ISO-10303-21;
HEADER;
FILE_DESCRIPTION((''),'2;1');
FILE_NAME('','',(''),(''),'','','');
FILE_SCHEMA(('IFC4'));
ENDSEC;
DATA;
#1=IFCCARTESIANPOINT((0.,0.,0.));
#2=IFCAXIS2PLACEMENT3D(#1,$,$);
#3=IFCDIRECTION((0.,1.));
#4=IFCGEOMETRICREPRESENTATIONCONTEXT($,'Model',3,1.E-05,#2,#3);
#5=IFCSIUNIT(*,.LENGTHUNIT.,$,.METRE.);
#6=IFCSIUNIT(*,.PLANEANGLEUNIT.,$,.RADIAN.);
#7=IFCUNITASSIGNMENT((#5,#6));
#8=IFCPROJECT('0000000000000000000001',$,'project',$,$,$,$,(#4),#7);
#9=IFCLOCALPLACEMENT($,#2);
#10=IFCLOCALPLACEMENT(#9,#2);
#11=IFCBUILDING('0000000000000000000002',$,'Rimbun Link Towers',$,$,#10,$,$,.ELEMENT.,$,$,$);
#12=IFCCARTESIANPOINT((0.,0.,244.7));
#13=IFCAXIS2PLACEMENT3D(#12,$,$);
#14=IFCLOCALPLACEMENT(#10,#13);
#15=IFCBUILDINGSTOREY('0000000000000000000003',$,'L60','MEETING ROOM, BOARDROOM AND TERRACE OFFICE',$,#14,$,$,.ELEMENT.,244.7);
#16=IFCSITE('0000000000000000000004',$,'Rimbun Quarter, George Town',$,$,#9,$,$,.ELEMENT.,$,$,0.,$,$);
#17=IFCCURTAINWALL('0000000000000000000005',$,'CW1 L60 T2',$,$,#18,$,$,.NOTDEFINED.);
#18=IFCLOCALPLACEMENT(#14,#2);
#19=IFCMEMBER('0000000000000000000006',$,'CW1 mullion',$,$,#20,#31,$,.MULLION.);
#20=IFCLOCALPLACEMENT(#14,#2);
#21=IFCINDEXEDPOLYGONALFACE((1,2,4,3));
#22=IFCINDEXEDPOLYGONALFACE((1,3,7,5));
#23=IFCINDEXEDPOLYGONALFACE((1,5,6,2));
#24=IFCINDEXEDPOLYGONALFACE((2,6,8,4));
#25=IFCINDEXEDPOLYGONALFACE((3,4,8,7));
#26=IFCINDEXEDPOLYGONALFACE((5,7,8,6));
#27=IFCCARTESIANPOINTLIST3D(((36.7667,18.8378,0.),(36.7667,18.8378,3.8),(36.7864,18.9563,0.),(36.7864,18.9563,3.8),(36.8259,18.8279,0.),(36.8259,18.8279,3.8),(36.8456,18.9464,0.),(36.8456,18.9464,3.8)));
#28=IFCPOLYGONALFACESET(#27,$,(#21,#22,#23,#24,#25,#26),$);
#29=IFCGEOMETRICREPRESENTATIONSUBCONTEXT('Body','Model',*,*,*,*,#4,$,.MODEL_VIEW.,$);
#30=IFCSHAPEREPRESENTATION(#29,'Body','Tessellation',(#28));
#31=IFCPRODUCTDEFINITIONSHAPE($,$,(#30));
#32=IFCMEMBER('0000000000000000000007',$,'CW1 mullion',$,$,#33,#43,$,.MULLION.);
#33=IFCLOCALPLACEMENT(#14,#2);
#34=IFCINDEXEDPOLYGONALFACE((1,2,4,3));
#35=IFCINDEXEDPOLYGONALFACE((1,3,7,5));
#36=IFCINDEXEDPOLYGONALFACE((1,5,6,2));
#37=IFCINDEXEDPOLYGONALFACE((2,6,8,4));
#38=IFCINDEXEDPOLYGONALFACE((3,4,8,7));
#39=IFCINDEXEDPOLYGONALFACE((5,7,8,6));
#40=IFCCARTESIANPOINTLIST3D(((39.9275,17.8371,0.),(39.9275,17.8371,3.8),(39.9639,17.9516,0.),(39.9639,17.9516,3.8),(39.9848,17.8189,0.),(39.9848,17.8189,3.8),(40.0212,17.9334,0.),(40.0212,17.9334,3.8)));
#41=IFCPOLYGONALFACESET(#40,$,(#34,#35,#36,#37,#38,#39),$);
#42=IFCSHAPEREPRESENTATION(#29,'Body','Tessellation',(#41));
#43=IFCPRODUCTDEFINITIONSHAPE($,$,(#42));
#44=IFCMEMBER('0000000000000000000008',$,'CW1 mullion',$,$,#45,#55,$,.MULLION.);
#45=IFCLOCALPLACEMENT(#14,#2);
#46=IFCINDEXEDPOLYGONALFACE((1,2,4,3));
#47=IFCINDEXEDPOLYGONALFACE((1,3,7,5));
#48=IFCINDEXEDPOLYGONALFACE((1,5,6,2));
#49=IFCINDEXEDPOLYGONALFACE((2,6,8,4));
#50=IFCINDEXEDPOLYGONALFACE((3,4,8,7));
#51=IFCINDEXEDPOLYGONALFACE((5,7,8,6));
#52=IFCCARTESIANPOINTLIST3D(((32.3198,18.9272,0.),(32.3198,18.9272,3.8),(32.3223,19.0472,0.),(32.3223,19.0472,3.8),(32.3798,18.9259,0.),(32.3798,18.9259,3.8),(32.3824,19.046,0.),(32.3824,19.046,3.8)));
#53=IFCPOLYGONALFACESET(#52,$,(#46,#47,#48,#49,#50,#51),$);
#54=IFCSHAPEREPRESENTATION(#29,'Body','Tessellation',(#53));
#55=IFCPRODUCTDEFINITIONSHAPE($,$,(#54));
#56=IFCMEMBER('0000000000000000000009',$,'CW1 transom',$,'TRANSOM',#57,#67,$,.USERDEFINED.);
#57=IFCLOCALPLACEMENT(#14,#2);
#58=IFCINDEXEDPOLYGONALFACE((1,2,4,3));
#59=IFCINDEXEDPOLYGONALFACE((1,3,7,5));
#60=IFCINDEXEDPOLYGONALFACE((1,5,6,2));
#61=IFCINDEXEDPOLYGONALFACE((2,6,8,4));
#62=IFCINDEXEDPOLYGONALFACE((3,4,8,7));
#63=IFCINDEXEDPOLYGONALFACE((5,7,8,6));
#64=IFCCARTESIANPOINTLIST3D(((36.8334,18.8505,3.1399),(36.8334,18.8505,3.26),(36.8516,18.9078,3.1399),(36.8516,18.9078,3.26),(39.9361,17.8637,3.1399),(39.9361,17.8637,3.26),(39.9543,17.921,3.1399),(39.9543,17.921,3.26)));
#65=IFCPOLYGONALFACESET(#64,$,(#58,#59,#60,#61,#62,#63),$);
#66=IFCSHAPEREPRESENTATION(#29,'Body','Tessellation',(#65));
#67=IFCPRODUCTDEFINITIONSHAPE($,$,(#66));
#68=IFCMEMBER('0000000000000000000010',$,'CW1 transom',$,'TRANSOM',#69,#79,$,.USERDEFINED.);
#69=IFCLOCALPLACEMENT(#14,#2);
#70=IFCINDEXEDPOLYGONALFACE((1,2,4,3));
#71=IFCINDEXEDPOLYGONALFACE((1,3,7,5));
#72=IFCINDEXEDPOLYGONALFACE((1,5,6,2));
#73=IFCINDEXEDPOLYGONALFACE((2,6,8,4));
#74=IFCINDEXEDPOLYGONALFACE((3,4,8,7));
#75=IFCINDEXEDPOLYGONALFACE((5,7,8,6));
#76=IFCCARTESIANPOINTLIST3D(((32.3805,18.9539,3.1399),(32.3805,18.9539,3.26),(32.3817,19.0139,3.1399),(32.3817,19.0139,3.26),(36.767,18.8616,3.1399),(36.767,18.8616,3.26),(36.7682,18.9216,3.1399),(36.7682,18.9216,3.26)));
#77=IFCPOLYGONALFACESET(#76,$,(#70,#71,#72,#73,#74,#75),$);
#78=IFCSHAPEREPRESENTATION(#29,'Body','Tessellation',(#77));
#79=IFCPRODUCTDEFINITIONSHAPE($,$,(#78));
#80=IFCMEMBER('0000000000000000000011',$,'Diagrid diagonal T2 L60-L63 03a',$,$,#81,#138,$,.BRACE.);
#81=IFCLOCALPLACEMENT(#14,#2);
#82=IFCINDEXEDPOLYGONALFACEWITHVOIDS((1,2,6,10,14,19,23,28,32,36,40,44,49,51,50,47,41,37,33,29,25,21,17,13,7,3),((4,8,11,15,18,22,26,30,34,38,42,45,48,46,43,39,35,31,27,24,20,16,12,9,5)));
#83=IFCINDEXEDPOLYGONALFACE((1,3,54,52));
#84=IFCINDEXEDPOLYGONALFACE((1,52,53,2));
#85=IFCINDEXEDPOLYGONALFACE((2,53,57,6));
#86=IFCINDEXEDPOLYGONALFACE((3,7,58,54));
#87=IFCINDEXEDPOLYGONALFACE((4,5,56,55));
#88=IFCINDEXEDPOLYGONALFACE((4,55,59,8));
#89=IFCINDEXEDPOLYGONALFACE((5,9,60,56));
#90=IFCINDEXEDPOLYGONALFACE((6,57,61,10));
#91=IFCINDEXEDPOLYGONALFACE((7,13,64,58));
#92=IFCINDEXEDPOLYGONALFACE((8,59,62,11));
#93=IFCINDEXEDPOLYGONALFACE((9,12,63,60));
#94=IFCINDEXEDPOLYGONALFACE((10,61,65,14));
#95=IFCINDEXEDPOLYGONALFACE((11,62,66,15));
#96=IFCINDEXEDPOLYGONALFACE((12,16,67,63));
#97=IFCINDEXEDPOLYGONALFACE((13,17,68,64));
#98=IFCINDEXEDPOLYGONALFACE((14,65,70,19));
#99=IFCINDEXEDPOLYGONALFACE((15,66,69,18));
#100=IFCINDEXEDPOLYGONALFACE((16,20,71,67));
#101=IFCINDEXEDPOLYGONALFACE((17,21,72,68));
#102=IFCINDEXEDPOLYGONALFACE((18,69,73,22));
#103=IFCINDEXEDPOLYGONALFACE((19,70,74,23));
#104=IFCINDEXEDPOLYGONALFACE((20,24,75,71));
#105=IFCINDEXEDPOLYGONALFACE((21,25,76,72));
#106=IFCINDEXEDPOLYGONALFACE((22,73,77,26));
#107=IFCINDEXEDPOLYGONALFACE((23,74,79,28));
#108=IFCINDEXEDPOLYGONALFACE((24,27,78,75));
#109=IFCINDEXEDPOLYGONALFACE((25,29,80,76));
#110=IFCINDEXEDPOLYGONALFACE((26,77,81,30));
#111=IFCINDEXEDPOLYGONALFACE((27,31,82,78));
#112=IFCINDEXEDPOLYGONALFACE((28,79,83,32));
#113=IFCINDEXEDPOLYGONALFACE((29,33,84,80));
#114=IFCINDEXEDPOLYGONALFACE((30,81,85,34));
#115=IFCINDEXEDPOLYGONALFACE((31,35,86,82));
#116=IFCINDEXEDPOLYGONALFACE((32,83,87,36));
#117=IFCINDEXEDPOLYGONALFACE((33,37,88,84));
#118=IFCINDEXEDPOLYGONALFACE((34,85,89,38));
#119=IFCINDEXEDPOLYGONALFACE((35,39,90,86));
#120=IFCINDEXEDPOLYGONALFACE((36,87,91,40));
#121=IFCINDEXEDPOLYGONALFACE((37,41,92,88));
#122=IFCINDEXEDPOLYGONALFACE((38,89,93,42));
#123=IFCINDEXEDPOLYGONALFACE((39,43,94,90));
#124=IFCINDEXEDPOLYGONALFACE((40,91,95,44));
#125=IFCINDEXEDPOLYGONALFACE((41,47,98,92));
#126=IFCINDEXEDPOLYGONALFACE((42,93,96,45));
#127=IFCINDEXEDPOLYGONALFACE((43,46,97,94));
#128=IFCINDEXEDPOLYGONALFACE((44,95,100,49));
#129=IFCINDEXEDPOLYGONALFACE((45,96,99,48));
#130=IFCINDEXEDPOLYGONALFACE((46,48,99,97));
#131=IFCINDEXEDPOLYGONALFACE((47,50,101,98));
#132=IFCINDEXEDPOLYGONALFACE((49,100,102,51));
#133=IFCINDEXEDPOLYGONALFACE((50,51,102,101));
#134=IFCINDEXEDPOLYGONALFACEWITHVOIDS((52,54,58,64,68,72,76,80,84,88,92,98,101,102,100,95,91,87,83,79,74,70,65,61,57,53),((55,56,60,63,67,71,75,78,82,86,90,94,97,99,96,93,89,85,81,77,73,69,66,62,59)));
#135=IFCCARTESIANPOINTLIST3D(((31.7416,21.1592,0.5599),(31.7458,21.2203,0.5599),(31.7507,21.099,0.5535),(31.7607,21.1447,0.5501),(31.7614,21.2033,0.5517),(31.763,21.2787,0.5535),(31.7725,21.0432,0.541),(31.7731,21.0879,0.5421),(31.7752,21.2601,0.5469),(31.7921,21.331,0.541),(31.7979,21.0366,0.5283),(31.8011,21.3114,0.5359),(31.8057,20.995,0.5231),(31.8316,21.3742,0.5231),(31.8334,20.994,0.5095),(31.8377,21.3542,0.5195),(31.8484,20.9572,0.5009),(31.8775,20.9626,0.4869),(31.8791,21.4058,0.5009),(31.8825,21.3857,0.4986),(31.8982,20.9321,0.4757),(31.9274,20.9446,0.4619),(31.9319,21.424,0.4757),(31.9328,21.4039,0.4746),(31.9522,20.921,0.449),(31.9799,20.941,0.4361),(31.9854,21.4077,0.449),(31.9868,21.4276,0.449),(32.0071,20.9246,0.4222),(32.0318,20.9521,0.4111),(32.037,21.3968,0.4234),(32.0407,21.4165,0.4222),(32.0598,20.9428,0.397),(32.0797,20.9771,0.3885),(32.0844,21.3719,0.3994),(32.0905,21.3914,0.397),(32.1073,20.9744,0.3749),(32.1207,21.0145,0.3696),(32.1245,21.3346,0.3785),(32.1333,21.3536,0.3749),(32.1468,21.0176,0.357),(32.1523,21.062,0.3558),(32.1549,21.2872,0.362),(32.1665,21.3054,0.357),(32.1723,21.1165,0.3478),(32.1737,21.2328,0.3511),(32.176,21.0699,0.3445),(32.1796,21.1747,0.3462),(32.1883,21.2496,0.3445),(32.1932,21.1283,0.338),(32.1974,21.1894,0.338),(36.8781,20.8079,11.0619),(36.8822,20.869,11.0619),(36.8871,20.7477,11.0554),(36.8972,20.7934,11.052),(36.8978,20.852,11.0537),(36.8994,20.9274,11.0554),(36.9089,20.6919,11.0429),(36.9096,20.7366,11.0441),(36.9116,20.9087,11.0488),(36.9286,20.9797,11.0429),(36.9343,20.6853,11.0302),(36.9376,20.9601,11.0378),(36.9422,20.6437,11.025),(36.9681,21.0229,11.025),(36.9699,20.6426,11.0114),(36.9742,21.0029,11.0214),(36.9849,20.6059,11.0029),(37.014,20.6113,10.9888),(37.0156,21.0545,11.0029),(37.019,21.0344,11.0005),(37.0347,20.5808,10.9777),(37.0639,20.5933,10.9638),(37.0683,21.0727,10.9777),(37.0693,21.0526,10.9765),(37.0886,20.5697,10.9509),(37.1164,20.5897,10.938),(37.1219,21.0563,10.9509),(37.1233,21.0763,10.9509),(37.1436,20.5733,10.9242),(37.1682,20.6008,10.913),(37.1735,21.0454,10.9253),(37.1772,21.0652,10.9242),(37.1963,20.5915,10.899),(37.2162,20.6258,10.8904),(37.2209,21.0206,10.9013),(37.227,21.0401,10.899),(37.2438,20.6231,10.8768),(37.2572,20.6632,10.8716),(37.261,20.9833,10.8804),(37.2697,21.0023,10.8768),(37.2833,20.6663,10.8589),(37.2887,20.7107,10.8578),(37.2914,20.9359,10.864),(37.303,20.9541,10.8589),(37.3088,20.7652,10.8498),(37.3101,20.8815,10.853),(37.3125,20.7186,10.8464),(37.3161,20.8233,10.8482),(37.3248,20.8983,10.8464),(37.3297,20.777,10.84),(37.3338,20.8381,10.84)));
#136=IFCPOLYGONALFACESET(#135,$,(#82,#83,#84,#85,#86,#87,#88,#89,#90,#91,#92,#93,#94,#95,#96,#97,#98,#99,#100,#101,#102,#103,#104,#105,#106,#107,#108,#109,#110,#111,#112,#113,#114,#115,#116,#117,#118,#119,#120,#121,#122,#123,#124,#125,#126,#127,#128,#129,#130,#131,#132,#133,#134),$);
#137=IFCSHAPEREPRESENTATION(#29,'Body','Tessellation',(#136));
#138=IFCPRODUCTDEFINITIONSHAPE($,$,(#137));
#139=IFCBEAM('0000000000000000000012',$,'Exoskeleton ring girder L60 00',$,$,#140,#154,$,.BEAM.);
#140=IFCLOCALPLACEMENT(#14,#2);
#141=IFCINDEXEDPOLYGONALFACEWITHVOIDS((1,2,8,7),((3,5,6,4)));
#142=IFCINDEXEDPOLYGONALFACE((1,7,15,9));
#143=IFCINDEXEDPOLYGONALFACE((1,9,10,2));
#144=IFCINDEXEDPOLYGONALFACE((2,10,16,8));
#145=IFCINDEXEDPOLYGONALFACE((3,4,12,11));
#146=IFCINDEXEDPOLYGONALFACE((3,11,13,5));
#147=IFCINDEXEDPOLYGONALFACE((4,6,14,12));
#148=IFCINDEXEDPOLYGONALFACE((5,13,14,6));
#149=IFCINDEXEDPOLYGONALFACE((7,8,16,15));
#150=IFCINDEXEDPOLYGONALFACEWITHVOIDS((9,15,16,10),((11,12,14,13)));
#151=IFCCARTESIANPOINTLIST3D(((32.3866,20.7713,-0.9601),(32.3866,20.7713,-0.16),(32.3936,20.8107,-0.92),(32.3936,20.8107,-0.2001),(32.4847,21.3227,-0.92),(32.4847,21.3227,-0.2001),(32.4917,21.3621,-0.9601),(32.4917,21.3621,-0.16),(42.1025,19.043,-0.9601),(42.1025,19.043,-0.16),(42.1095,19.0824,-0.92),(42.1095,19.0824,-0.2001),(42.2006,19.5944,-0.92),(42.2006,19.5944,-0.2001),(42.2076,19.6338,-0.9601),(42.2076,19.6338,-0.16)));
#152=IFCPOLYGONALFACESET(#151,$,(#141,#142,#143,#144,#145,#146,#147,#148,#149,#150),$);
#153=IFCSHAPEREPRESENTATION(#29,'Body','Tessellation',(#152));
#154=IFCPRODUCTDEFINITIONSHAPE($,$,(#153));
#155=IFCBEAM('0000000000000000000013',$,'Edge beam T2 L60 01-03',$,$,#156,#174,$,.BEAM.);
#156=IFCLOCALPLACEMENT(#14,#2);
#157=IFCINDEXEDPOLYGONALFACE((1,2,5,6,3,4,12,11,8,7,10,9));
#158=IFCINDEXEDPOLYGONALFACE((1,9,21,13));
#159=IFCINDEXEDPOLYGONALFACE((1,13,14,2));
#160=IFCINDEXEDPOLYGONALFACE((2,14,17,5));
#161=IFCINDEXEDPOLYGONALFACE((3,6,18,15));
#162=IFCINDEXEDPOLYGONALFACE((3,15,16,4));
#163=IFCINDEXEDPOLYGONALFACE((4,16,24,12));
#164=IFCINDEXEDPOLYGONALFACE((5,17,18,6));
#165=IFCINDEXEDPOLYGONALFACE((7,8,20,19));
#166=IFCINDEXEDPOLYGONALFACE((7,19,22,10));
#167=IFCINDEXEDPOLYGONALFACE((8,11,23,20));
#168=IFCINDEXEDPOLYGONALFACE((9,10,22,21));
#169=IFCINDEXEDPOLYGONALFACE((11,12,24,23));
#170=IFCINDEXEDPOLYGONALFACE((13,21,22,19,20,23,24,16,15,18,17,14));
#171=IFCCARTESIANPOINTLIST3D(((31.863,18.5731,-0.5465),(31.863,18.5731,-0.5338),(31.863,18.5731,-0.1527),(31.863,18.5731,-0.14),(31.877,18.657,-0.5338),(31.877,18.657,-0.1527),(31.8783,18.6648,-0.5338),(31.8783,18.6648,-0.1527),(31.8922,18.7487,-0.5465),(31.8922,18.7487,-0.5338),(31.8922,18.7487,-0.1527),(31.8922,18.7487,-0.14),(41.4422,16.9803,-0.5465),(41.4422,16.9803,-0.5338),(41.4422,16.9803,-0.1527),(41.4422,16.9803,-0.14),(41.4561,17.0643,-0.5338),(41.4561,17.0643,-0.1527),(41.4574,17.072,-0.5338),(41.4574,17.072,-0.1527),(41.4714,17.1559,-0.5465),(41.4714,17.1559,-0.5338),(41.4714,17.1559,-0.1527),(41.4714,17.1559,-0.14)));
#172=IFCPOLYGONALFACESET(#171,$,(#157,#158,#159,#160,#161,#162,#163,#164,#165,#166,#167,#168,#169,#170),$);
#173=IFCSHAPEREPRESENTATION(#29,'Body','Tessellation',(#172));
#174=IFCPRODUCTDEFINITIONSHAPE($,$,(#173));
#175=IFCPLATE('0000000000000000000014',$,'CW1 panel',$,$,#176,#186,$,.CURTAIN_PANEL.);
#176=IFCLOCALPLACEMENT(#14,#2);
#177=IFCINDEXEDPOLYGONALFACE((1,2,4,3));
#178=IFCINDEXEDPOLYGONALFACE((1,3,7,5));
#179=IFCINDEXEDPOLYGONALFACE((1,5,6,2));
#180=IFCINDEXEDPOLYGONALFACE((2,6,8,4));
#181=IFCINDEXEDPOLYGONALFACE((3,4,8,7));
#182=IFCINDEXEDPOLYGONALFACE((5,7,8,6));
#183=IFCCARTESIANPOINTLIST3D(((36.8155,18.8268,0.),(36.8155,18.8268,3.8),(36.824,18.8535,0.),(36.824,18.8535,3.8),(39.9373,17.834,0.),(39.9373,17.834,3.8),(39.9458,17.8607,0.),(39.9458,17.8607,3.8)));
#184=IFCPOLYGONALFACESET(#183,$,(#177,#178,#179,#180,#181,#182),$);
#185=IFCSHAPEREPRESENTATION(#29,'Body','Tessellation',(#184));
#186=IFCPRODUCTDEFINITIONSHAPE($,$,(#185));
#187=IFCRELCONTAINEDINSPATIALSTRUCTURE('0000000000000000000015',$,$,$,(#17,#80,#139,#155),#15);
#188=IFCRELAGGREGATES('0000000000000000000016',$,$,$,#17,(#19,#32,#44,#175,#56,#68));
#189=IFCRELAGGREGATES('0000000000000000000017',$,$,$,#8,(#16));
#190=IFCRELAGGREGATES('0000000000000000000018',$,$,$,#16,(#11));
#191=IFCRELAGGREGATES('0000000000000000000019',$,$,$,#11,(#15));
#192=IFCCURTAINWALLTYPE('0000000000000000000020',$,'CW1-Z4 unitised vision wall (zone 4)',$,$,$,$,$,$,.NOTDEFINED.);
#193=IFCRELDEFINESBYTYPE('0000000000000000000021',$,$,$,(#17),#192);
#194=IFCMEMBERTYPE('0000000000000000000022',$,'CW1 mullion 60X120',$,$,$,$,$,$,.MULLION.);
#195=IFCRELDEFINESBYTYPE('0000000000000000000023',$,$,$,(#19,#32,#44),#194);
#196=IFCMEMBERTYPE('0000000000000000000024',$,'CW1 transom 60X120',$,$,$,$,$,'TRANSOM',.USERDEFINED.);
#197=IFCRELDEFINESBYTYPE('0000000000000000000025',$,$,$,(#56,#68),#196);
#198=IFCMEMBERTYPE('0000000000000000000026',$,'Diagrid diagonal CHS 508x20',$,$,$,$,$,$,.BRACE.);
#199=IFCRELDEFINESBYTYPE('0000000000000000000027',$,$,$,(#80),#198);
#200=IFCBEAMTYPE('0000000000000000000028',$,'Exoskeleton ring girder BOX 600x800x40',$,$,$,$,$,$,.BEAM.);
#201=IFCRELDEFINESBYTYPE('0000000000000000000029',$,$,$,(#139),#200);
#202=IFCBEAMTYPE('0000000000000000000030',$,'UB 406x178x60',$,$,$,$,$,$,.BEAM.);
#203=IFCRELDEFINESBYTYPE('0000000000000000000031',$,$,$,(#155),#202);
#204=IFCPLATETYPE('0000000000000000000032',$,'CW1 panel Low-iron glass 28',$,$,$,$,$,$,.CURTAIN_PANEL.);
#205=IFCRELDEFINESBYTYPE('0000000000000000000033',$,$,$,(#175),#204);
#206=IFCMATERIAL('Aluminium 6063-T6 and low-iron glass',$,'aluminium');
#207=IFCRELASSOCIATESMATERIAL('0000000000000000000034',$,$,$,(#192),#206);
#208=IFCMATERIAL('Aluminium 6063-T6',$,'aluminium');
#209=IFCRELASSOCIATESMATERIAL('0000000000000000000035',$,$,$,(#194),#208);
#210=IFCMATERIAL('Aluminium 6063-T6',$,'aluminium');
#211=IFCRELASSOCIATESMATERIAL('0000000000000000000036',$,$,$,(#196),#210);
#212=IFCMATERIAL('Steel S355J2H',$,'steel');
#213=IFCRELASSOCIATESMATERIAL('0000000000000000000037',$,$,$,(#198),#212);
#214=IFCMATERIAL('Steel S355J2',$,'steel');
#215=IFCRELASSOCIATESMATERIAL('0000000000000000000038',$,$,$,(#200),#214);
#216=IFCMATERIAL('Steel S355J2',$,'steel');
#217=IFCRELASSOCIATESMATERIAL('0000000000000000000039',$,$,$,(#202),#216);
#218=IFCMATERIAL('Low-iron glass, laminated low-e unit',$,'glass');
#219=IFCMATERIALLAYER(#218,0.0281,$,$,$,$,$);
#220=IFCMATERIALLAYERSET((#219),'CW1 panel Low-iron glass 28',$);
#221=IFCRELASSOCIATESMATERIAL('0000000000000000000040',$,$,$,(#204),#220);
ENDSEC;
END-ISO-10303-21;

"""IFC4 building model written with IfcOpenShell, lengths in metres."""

from ifc_helpers import new_model, si_unit, direction, frame, origin, origin_2d, place, context, subcontext, project, spatial, rectangle, hollow_rectangle, hollow_circle, i_section, extrude, material, layer, layer_set, material_profile, profile_set, type_object, element, aggregate, save


model = new_model("IFC4")

# Units and contexts
model_context = context("Model", 3, precision=1e-05, world=origin(), true_north=direction((0.0, 1.0)))
body_context = subcontext(model_context, "Body", "Model", "MODEL_VIEW")
ifc_project = project(units=[si_unit("LENGTHUNIT", "METRE"), si_unit("PLANEANGLEUNIT", "RADIAN")], contexts=[model_context])

# Site, building, storey
site_placement = place(None, origin())
site = spatial("IfcSite", under=ifc_project, at=site_placement, Name="Rimbun Quarter, George Town", CompositionType="ELEMENT", RefElevation=0.0)
building_placement = place(site_placement, origin())
building = spatial("IfcBuilding", under=site, at=building_placement, Name="Rimbun Link Towers", CompositionType="ELEMENT")
storey_placement = place(building_placement, frame((0.0, 0.0, 244.7)))
storey = spatial("IfcBuildingStorey", under=building, at=storey_placement, Name="L60", Description="MEETING ROOM, BOARDROOM AND TERRACE OFFICE", CompositionType="ELEMENT", Elevation=244.7)

# Curtain wall, members
ifc_material_1 = material(Name="Aluminium 6063-T6 and low-iron glass", Category="aluminium")
curtain_wall_type = type_object("IfcCurtainWallType", Name="CW1-Z4 unitised vision wall (zone 4)", PredefinedType="NOTDEFINED", material=ifc_material_1)
curtain_wall_placement = place(storey_placement, origin())
curtain_wall = element("IfcCurtainWall", 1, at=curtain_wall_placement, inside=storey, type_object=curtain_wall_type, Name="CW1 L60 T2", PredefinedType="NOTDEFINED")
ifc_material_2 = material(Name="Aluminium 6063-T6", Category="aluminium")
ifc_material_profile_1 = material_profile(ifc_material_2, rectangle(XDim=0.1201, YDim=0.0601, at=origin_2d()), Name="MULLION 60X120")
ifc_profile_set_1 = profile_set([ifc_material_profile_1], Name="Aluminium 6063-T6")
member_type_1 = type_object("IfcMemberType", Name="CW1 mullion 60X120", PredefinedType="MULLION", material=ifc_profile_set_1)
member_1_placement = place(storey_placement, frame((36.8062, 18.8921, 0.0), z_axis=(0.0, 0.0, 1.0), x_axis=(0.163742, 0.986503, 0.0)))
member_1 = element("IfcMember", 2, at=member_1_placement, type_object=member_type_1, Name="CW1 mullion", PredefinedType="MULLION", context=body_context, shape_type="SweptSolid", body=[
    extrude(rectangle(XDim=0.1201, YDim=0.0601, at=origin_2d()), origin(), (0.0, 0.0, 1.0), 3.8),
])
member_2_placement = place(storey_placement, frame((39.9744, 17.8853, 0.0), z_axis=(0.0, 0.0, 1.0), x_axis=(0.303061, 0.952971, 0.0)))
member_2 = element("IfcMember", 3, at=member_2_placement, type_object=member_type_1, Name="CW1 mullion", PredefinedType="MULLION", context=body_context, shape_type="SweptSolid", body=[
    extrude(rectangle(XDim=0.1201, YDim=0.0601, at=origin_2d()), origin(), (0.0, 0.0, 1.0), 3.8),
])
member_3_placement = place(storey_placement, frame((32.3511, 18.9866, 0.0), z_axis=(0.0, 0.0, 1.0), x_axis=(0.02106, 0.999778, 0.0)))
member_3 = element("IfcMember", 4, at=member_3_placement, type_object=member_type_1, Name="CW1 mullion", PredefinedType="MULLION", context=body_context, shape_type="SweptSolid", body=[
    extrude(rectangle(XDim=0.1201, YDim=0.0601, at=origin_2d()), origin(), (0.0, 0.0, 1.0), 3.8),
])
ifc_material_3 = material(Name="Aluminium 6063-T6", Category="aluminium")
ifc_material_profile_2 = material_profile(ifc_material_3, rectangle(XDim=0.0601, YDim=0.1201, at=origin_2d()), Name="TRANSOM 60X120")
ifc_profile_set_2 = profile_set([ifc_material_profile_2], Name="Aluminium 6063-T6")
member_type_2 = type_object("IfcMemberType", Name="CW1 transom 60X120", ElementType="TRANSOM", PredefinedType="USERDEFINED", material=ifc_profile_set_2)
member_4_placement = place(storey_placement, frame((36.8425, 18.8792, 3.2), z_axis=(0.952964, -0.303083, 0.0), x_axis=(0.303083, 0.952964, 0.0)))
member_4 = element("IfcMember", 5, at=member_4_placement, type_object=member_type_2, Name="CW1 transom", ObjectType="TRANSOM", PredefinedType="USERDEFINED", context=body_context, shape_type="SweptSolid", body=[
    extrude(rectangle(XDim=0.0601, YDim=0.1201, at=origin_2d()), origin(), (0.0, 0.0, 1.0), 3.2559),
])
member_5_placement = place(storey_placement, frame((32.3811, 18.9839, 3.2), z_axis=(0.999779, -0.021034, 0.0), x_axis=(0.021034, 0.999779, 0.0)))
member_5 = element("IfcMember", 6, at=member_5_placement, type_object=member_type_2, Name="CW1 transom", ObjectType="TRANSOM", PredefinedType="USERDEFINED", context=body_context, shape_type="SweptSolid", body=[
    extrude(rectangle(XDim=0.0601, YDim=0.1201, at=origin_2d()), origin(), (0.0, 0.0, 1.0), 4.3875),
])

# Member
ifc_material_4 = material(Name="Steel S355J2H", Category="steel")
ifc_material_profile_3 = material_profile(ifc_material_4, hollow_circle(Radius=0.2539, WallThickness=0.02, at=origin_2d()), Name="Diagrid diagonal CHS 508x20")
ifc_profile_set_3 = profile_set([ifc_material_profile_3], Name="Steel S355J2H")
member_type_3 = type_object("IfcMemberType", Name="Diagrid diagonal CHS 508x20", PredefinedType="BRACE", material=ifc_profile_set_3)
member_6_placement = place(storey_placement, frame((31.9695, 21.1743, 0.449), z_axis=(0.439163, -0.030037, 0.897905), x_axis=(0.068237, 0.997669, 0.0)))
element("IfcMember", 7, at=member_6_placement, inside=storey, type_object=member_type_3, Name="Diagrid diagonal T2 L60-L63 03a", PredefinedType="BRACE", context=body_context, shape_type="SweptSolid", body=[
    extrude(hollow_circle(Radius=0.2539, WallThickness=0.02, at=origin_2d()), origin(), (0.0, 0.0, 1.0), 11.696),
])

# Beams
ifc_material_5 = material(Name="Steel S355J2", Category="steel")
ifc_material_profile_4 = material_profile(ifc_material_5, hollow_rectangle(XDim=0.6001, YDim=0.8, WallThickness=0.04, at=origin_2d()), Name="Exoskeleton ring girder BOX 600x800x40")
ifc_profile_set_4 = profile_set([ifc_material_profile_4], Name="Steel S355J2")
beam_type_1 = type_object("IfcBeamType", Name="Exoskeleton ring girder BOX 600x800x40", PredefinedType="BEAM", material=ifc_profile_set_4)
beam_1_placement = place(storey_placement, frame((42.155, 19.3384, -0.5601), z_axis=(-0.984545, 0.175133, 0.0), x_axis=(-0.175133, -0.984545, 0.0)))
element("IfcBeam", 8, at=beam_1_placement, inside=storey, type_object=beam_type_1, Name="Exoskeleton ring girder L60 00", PredefinedType="BEAM", context=body_context, shape_type="SweptSolid", body=[
    extrude(hollow_rectangle(XDim=0.6001, YDim=0.8, WallThickness=0.04, at=origin_2d()), origin(), (0.0, 0.0, 1.0), 9.8684),
])
ifc_material_6 = material(Name="Steel S355J2", Category="steel")
ifc_material_profile_5 = material_profile(ifc_material_6, i_section(OverallWidth=0.178, OverallDepth=0.4065, WebThickness=0.0078, FlangeThickness=0.0127, at=origin_2d()), Name="UB 406x178x60")
ifc_profile_set_5 = profile_set([ifc_material_profile_5], Name="Steel S355J2")
beam_type_2 = type_object("IfcBeamType", Name="UB 406x178x60", PredefinedType="BEAM", material=ifc_profile_set_5)
beam_2_placement = place(storey_placement, frame((41.4568, 17.0681, -0.3433), z_axis=(-0.986456, 0.164024, 0.0), x_axis=(-0.164024, -0.986456, 0.0)))
element("IfcBeam", 9, at=beam_2_placement, inside=storey, type_object=beam_type_2, Name="Edge beam T2 L60 01-03", PredefinedType="BEAM", context=body_context, shape_type="SweptSolid", body=[
    extrude(i_section(OverallWidth=0.178, OverallDepth=0.4065, WebThickness=0.0078, FlangeThickness=0.0127, at=origin_2d()), origin(), (0.0, 0.0, 1.0), 9.7107),
])

# Plate
ifc_material_7 = material(Name="Low-iron glass, laminated low-e unit", Category="glass")
ifc_layer_1 = layer(ifc_material_7, 0.0281)
ifc_layer_set_1 = layer_set([ifc_layer_1], Name="CW1 panel Low-iron glass 28")
plate_type = type_object("IfcPlateType", Name="CW1 panel Low-iron glass 28", PredefinedType="CURTAIN_PANEL", material=ifc_layer_set_1)
plate_1_placement = place(storey_placement, frame((38.3806, 18.3438, 0.0), z_axis=(0.0, 0.0, 1.0), x_axis=(0.952971, -0.303061, 0.0)))
plate_1 = element("IfcPlate", 10, at=plate_1_placement, type_object=plate_type, Name="CW1 panel", PredefinedType="CURTAIN_PANEL", context=body_context, shape_type="SweptSolid", body=[
    extrude(rectangle(XDim=3.2759, YDim=0.0281, at=origin_2d()), origin(), (0.0, 0.0, 1.0), 3.8),
])
aggregate(curtain_wall, [member_1, member_2, member_3, plate_1, member_4, member_5])

save(model, "model.ifc")
